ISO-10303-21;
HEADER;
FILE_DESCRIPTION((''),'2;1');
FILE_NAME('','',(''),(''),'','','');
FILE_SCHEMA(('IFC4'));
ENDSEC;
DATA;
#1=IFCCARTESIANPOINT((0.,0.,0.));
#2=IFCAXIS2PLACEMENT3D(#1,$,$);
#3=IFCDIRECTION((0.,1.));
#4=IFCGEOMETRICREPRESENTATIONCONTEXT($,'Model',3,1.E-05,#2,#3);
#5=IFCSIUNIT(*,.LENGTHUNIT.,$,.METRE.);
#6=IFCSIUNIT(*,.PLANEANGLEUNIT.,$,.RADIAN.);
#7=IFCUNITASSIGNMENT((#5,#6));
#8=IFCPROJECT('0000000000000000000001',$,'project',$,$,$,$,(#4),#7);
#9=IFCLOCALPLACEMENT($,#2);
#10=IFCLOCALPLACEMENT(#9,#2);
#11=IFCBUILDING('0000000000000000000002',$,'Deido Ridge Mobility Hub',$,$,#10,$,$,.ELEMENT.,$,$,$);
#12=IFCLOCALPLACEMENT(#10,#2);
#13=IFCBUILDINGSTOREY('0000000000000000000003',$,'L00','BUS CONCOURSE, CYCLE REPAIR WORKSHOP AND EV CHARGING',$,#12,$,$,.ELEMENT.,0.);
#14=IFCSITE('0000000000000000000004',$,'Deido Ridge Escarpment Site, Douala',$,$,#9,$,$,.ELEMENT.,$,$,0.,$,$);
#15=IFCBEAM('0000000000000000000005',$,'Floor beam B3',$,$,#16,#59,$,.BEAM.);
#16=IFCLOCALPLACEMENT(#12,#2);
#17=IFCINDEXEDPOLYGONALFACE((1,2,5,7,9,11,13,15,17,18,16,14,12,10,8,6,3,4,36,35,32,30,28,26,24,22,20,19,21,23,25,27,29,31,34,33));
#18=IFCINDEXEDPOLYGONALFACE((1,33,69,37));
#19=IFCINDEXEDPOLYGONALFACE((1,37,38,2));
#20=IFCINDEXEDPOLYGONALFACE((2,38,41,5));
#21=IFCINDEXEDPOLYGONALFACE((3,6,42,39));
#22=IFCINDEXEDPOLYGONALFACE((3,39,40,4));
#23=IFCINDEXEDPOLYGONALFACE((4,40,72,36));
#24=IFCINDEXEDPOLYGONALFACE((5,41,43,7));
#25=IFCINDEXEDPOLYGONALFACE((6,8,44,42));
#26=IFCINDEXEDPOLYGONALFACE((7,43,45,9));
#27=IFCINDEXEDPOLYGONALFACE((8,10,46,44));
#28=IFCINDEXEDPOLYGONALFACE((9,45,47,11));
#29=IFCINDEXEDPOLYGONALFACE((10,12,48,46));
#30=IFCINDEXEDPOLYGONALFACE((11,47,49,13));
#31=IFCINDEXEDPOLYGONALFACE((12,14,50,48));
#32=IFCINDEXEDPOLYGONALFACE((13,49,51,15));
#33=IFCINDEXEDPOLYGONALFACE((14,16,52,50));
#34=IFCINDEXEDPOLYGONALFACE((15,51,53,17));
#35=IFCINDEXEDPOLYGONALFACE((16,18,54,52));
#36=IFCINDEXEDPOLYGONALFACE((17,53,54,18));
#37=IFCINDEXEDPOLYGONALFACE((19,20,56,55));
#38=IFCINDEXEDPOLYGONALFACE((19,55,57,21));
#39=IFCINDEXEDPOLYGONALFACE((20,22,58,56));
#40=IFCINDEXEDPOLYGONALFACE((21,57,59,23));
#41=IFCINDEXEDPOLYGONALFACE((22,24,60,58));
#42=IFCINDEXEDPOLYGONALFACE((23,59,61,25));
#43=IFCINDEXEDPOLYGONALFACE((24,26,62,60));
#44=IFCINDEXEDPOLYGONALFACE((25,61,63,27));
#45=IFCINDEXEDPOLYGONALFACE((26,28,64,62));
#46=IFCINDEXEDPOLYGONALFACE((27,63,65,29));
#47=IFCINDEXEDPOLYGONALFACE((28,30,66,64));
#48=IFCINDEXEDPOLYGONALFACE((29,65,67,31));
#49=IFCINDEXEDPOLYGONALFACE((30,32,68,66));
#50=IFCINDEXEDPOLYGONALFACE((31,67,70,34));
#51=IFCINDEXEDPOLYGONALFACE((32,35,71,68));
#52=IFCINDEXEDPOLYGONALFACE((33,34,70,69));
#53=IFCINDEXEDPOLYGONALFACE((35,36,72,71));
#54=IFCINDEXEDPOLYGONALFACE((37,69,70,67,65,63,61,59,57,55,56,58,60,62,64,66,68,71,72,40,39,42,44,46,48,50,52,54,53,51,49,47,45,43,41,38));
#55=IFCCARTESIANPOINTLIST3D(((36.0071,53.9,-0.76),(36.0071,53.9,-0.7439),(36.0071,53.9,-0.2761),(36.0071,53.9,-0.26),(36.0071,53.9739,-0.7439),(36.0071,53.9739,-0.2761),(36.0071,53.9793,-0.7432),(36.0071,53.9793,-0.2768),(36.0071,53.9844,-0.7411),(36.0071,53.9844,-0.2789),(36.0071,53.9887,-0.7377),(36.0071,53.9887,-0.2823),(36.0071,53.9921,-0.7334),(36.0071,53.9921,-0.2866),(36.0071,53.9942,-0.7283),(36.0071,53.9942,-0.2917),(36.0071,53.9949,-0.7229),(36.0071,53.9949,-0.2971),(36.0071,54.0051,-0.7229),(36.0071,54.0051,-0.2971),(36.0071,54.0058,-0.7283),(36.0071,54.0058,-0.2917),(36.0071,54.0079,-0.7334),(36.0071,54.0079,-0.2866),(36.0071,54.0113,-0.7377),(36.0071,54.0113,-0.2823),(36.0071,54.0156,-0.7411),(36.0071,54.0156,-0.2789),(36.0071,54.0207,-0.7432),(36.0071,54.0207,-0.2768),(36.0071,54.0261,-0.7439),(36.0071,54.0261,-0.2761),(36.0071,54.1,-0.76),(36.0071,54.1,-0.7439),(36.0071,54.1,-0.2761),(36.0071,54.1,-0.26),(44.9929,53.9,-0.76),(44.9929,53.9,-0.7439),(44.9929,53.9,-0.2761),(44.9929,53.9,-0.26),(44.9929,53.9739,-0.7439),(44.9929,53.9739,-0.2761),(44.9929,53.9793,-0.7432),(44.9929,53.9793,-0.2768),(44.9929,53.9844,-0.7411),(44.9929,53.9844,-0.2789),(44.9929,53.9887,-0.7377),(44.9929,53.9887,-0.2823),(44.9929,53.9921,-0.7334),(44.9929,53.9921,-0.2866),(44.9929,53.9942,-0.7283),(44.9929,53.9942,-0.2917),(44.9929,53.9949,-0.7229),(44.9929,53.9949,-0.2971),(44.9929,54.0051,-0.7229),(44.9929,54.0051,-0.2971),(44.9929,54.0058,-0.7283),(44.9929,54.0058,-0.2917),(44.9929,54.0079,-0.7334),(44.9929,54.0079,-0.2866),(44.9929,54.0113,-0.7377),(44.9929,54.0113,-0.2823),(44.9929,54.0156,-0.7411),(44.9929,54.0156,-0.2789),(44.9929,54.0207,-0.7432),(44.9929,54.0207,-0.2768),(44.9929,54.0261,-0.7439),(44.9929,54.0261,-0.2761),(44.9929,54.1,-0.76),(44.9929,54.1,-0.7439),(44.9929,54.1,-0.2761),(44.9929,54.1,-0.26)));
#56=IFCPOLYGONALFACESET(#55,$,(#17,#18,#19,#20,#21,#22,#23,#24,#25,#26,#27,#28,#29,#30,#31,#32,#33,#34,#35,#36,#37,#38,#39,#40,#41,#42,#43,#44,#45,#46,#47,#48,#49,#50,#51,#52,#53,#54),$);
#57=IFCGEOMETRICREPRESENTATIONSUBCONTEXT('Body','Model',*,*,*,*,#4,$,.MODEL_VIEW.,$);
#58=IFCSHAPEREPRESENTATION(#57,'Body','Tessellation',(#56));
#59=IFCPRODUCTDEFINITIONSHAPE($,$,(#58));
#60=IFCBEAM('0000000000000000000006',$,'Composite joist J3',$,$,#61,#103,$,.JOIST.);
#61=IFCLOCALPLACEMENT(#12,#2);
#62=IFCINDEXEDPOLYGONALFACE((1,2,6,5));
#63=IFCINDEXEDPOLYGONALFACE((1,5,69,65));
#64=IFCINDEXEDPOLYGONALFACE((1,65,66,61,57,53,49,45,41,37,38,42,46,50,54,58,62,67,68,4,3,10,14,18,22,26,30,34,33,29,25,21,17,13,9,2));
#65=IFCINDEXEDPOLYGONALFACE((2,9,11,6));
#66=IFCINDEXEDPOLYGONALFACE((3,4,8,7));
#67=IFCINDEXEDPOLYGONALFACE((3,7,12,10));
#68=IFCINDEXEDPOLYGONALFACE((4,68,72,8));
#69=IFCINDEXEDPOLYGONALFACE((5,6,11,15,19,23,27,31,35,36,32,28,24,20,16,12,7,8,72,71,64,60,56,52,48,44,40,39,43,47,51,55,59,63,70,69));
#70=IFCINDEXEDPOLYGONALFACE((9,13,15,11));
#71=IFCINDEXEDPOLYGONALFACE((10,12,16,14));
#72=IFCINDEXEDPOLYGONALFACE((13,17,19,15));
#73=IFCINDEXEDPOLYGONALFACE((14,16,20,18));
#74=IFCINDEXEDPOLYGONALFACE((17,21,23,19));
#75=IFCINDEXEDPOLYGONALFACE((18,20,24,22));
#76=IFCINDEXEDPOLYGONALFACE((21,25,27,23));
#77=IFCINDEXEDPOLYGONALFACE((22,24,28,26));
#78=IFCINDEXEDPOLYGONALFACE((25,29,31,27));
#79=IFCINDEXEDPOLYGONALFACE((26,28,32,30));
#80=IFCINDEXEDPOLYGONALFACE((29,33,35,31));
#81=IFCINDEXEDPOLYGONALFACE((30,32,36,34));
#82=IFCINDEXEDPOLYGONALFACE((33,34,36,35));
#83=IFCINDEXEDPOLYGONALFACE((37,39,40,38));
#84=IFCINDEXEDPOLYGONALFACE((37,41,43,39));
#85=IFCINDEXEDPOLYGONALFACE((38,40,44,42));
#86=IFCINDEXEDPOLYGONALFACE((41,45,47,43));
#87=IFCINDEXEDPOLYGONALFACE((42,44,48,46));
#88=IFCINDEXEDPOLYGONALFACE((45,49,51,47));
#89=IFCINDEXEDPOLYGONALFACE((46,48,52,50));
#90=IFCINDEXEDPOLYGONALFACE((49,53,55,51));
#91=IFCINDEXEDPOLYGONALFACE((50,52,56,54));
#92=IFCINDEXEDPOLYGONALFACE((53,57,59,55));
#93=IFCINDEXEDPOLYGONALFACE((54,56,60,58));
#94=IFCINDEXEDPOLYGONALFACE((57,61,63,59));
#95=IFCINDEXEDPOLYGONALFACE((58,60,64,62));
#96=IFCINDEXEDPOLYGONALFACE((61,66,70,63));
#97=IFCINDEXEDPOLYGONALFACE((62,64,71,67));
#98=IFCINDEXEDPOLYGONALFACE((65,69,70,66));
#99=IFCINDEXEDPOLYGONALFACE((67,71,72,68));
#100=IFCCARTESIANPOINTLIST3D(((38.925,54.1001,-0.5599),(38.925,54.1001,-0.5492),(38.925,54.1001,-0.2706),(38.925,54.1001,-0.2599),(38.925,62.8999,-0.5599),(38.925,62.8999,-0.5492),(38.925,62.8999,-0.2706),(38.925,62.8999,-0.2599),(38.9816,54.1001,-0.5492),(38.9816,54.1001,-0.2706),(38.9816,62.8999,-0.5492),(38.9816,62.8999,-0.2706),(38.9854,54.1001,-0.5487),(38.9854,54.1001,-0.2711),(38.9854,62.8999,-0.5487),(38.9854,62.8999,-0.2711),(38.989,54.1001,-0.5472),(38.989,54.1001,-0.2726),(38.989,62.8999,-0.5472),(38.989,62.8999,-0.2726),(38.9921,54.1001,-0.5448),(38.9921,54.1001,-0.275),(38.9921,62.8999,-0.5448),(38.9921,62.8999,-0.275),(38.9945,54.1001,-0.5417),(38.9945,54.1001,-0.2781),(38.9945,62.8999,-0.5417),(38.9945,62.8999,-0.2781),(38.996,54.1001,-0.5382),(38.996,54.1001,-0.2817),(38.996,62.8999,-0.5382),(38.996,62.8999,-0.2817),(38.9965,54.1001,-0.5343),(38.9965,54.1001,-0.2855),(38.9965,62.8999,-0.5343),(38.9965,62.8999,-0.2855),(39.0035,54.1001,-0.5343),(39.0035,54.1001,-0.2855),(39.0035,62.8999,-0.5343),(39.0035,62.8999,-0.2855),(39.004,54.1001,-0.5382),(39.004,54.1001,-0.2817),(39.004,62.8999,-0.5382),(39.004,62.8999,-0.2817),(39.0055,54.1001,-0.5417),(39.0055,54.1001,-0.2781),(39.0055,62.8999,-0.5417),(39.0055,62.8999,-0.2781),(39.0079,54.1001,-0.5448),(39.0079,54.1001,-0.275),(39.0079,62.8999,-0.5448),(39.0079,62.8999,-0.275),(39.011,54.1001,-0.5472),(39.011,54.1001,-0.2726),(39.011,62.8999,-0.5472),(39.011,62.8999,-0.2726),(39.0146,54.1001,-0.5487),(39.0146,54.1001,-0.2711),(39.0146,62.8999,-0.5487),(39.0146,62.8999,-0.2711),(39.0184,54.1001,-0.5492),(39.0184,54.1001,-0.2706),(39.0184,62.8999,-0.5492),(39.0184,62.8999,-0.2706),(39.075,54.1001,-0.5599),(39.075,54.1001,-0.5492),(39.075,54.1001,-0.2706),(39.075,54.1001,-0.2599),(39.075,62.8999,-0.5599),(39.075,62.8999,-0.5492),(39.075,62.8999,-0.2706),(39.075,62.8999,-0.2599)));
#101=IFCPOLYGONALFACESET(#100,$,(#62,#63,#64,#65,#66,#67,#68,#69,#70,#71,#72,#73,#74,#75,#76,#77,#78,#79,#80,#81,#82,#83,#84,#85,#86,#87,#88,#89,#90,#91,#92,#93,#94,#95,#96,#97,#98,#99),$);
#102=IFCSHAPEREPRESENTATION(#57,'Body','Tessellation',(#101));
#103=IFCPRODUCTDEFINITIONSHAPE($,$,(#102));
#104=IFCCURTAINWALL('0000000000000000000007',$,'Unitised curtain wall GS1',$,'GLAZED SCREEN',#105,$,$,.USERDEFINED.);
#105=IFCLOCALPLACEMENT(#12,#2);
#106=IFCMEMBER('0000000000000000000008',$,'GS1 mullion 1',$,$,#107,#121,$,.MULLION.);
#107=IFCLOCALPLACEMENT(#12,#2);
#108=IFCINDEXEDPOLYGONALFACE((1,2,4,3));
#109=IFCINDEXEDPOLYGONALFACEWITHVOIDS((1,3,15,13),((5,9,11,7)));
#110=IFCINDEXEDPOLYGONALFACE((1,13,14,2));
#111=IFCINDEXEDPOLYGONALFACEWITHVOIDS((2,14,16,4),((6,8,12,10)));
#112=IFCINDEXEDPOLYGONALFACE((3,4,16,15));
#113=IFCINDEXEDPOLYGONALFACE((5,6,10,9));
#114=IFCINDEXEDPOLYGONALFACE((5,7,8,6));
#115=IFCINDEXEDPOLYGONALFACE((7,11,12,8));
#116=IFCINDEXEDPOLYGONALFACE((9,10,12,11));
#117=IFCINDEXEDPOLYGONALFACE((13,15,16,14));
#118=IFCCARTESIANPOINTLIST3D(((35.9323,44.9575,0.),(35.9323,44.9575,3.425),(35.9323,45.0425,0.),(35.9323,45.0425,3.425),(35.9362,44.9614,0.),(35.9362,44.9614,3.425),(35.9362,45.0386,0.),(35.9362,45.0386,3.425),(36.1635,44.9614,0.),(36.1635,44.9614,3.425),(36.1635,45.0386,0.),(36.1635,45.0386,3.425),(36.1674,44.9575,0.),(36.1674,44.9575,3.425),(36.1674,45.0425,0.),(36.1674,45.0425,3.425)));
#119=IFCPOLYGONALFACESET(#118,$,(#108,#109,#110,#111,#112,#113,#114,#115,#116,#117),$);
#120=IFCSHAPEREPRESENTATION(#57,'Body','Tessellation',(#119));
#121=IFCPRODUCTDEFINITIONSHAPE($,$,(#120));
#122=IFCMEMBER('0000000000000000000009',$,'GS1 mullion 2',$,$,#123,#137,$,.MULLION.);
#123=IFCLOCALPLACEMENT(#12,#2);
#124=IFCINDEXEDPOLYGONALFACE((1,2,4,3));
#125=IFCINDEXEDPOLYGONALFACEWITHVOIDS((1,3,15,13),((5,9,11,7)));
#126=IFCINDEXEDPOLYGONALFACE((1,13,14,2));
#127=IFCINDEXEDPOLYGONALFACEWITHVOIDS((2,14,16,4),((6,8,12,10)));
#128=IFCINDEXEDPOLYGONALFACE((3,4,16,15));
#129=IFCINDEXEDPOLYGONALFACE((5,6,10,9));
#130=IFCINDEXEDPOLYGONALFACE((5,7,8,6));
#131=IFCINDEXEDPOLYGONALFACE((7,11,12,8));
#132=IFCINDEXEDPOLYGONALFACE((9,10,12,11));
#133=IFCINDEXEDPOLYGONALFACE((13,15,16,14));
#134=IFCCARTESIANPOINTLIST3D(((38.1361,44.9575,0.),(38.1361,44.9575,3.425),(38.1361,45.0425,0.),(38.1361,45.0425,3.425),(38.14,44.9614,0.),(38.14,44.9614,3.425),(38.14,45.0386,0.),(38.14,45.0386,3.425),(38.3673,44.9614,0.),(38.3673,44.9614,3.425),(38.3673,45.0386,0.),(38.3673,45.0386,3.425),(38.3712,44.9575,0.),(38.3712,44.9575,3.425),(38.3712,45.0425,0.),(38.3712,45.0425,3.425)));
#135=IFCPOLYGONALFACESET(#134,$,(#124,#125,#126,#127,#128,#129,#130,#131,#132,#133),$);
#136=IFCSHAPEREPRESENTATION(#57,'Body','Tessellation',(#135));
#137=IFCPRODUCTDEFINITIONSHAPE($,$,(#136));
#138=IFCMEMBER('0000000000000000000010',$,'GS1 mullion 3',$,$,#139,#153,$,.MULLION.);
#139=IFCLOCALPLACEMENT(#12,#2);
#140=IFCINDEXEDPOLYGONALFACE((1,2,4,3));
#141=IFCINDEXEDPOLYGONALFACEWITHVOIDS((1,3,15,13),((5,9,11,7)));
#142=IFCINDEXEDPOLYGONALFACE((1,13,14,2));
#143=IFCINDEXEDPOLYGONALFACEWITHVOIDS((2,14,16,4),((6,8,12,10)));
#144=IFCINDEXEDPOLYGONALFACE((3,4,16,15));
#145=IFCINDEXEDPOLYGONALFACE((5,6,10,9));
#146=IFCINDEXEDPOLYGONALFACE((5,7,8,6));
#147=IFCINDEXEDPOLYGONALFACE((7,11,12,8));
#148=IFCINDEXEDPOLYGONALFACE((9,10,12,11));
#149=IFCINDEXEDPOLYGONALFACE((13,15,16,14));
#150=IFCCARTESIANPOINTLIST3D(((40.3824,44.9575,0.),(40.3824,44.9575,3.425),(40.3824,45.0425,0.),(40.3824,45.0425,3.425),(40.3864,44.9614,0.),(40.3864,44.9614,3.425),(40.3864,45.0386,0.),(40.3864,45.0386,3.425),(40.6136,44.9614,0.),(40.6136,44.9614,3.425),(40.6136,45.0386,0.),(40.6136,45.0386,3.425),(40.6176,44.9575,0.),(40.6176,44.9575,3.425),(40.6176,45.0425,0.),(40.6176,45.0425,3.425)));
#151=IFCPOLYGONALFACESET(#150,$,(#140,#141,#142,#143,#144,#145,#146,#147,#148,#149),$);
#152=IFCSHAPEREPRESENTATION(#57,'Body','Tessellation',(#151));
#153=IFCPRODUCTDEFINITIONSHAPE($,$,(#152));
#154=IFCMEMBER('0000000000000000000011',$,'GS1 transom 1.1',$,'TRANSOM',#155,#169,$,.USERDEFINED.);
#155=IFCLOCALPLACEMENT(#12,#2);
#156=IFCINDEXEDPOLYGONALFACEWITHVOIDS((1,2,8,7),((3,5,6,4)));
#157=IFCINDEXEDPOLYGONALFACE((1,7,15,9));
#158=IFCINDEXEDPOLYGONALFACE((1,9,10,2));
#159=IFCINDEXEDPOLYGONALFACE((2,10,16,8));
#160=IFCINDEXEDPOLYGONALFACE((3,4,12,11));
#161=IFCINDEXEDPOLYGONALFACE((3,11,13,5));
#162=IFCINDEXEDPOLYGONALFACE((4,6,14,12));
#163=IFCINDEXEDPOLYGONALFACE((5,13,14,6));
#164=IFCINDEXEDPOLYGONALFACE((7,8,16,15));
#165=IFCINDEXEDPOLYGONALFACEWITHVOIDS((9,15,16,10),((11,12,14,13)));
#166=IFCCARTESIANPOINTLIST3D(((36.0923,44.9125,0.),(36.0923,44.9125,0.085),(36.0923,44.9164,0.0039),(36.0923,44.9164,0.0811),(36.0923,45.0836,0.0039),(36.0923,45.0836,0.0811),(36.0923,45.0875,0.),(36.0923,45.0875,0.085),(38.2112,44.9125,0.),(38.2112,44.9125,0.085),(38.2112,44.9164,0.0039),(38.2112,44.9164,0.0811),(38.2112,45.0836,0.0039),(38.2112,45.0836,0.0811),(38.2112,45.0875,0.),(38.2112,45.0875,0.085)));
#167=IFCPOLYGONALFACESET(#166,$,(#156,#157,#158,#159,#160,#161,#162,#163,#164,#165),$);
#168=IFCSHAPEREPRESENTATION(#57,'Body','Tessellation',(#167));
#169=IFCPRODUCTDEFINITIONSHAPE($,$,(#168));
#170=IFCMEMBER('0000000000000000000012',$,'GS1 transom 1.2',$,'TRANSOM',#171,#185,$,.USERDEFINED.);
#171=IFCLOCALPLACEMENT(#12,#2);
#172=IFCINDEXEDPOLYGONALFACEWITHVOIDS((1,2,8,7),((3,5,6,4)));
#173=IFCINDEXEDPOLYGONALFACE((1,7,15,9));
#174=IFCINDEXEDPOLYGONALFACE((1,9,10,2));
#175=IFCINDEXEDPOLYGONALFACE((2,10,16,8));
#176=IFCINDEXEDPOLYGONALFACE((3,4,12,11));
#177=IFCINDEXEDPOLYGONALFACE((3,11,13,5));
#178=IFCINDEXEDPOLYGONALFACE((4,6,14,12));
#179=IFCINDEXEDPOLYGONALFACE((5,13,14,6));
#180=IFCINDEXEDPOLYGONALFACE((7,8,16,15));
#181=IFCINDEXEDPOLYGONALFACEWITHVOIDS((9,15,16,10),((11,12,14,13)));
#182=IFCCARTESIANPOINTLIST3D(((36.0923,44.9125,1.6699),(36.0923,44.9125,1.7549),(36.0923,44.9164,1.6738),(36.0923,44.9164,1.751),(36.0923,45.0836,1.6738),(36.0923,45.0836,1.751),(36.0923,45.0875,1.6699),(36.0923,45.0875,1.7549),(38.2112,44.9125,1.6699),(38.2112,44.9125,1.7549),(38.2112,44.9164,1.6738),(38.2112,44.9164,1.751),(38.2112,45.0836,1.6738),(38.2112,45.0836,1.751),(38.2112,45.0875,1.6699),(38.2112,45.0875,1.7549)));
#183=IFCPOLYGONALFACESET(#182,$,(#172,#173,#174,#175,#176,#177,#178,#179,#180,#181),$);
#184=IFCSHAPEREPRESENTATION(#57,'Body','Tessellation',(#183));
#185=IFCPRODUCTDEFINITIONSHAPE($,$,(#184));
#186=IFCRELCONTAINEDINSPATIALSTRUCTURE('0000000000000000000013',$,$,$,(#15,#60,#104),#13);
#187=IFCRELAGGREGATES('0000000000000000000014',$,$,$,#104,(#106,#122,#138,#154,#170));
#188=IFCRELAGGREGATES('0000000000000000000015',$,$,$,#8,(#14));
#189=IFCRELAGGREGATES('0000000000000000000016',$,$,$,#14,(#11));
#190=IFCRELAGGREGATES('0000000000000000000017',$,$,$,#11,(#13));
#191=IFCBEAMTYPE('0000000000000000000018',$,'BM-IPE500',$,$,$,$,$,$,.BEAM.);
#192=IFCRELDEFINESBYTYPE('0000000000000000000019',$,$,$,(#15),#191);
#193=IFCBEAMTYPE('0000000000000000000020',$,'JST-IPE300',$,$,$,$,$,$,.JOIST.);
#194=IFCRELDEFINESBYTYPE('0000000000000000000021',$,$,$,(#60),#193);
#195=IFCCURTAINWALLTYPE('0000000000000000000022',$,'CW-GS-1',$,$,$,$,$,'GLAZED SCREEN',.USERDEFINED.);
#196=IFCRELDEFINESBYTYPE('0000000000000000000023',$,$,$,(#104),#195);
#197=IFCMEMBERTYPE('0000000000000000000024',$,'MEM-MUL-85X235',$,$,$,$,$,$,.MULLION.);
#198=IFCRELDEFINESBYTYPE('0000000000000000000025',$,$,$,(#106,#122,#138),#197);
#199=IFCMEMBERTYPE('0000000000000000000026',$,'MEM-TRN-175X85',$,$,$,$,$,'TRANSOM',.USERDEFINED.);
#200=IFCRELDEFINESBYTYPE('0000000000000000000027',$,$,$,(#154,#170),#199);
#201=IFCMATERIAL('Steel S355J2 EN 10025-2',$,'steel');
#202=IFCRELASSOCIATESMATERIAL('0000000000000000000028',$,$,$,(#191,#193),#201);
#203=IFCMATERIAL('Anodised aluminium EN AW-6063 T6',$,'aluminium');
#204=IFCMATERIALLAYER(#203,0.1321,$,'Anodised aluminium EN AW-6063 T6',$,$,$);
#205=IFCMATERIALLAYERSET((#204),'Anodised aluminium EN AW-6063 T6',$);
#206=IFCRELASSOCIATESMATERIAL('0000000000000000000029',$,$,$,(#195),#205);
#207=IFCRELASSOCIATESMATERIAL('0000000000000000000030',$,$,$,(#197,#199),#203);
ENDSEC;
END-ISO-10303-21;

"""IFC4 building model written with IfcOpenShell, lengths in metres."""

from ifc_helpers import new_model, si_unit, direction, frame, origin, origin_2d, place, context, subcontext, project, spatial, hollow_rectangle, i_section, extrude, material, layer, layer_set, material_profile, profile_set, type_object, element, aggregate, save


model = new_model("IFC4")

# Units and contexts
model_context = context("Model", 3, precision=1e-05, world=origin(), true_north=direction((0.0, 1.0)))
body_context = subcontext(model_context, "Body", "Model", "MODEL_VIEW")
ifc_project = project(units=[si_unit("LENGTHUNIT", "METRE"), si_unit("PLANEANGLEUNIT", "RADIAN")], contexts=[model_context])

# Site, building, storey
site_placement = place(None, origin())
site = spatial("IfcSite", under=ifc_project, at=site_placement, Name="Deido Ridge Escarpment Site, Douala", CompositionType="ELEMENT", RefElevation=0.0)
building_placement = place(site_placement, origin())
building = spatial("IfcBuilding", under=site, at=building_placement, Name="Deido Ridge Mobility Hub", CompositionType="ELEMENT")
storey_placement = place(building_placement, origin())
storey = spatial("IfcBuildingStorey", under=building, at=storey_placement, Name="L00", Description="BUS CONCOURSE, CYCLE REPAIR WORKSHOP AND EV CHARGING", CompositionType="ELEMENT", Elevation=0.0)

# Beams
ifc_material_1 = material(Name="Steel S355J2 EN 10025-2", Category="steel")
ifc_material_profile_1 = material_profile(ifc_material_1, i_section(OverallWidth=0.2, OverallDepth=0.5, WebThickness=0.0103, FlangeThickness=0.0161, FilletRadius=0.021, at=origin_2d()), Name="IPE 500")
ifc_profile_set_1 = profile_set([ifc_material_profile_1], Name="Steel S355J2 EN 10025-2")
beam_type_1 = type_object("IfcBeamType", Name="BM-IPE500", PredefinedType="BEAM", material=ifc_profile_set_1)
beam_1_placement = place(storey_placement, frame((36.0071, 54.0, -0.51), z_axis=(1.0, 0.0, 0.0), x_axis=(0.0, 1.0, 0.0)))
element("IfcBeam", 1, at=beam_1_placement, inside=storey, type_object=beam_type_1, Name="Floor beam B3", PredefinedType="BEAM", context=body_context, shape_type="SweptSolid", body=[
    extrude(i_section(OverallWidth=0.2, OverallDepth=0.5, WebThickness=0.0103, FlangeThickness=0.0161, FilletRadius=0.021, at=origin_2d()), origin(), (0.0, 0.0, 1.0), 8.9858),
])
ifc_material_profile_2 = material_profile(ifc_material_1, i_section(OverallWidth=0.1499, OverallDepth=0.3, WebThickness=0.0071, FlangeThickness=0.0107, FilletRadius=0.0149, at=origin_2d()), Name="IPE 300")
ifc_profile_set_2 = profile_set([ifc_material_profile_2], Name="Steel S355J2 EN 10025-2")
beam_type_2 = type_object("IfcBeamType", Name="JST-IPE300", PredefinedType="JOIST", material=ifc_profile_set_2)
beam_2_placement = place(storey_placement, frame((39.0, 54.1001, -0.4099), z_axis=(0.0, 1.0, 0.0), x_axis=(-1.0, 0.0, 0.0)))
element("IfcBeam", 2, at=beam_2_placement, inside=storey, type_object=beam_type_2, Name="Composite joist J3", PredefinedType="JOIST", context=body_context, shape_type="SweptSolid", body=[
    extrude(i_section(OverallWidth=0.1499, OverallDepth=0.3, WebThickness=0.0071, FlangeThickness=0.0107, FilletRadius=0.0149, at=origin_2d()), origin(), (0.0, 0.0, 1.0), 8.7998),
])

# Curtain wall, members
ifc_material_2 = material(Name="Anodised aluminium EN AW-6063 T6", Category="aluminium")
ifc_layer_1 = layer(ifc_material_2, 0.1321, Name="Anodised aluminium EN AW-6063 T6")
ifc_layer_set_1 = layer_set([ifc_layer_1], Name="Anodised aluminium EN AW-6063 T6")
curtain_wall_type = type_object("IfcCurtainWallType", Name="CW-GS-1", ElementType="GLAZED SCREEN", PredefinedType="USERDEFINED", material=ifc_layer_set_1)
curtain_wall_placement = place(storey_placement, origin())
curtain_wall = element("IfcCurtainWall", 3, at=curtain_wall_placement, inside=storey, type_object=curtain_wall_type, Name="Unitised curtain wall GS1", ObjectType="GLAZED SCREEN", PredefinedType="USERDEFINED")
ifc_material_profile_3 = material_profile(ifc_material_2, hollow_rectangle(XDim=0.085, YDim=0.2351, WallThickness=0.0039, at=origin_2d()), Name="RHS 85x235x4")
ifc_profile_set_3 = profile_set([ifc_material_profile_3], Name="Anodised aluminium EN AW-6063 T6")
member_type_1 = type_object("IfcMemberType", Name="MEM-MUL-85X235", PredefinedType="MULLION", material=ifc_profile_set_3)
member_1_placement = place(storey_placement, frame((36.0498, 45.0, 0.0), z_axis=(0.0, 0.0, 1.0), x_axis=(0.0, 1.0, 0.0)))
member_1 = element("IfcMember", 4, at=member_1_placement, type_object=member_type_1, Name="GS1 mullion 1", PredefinedType="MULLION", context=body_context, shape_type="SweptSolid", body=[
    extrude(hollow_rectangle(XDim=0.085, YDim=0.2351, WallThickness=0.0039, at=origin_2d()), origin(), (0.0, 0.0, 1.0), 3.425),
])
member_2_placement = place(storey_placement, frame((38.2537, 45.0, 0.0), z_axis=(0.0, 0.0, 1.0), x_axis=(0.0, 1.0, 0.0)))
member_2 = element("IfcMember", 5, at=member_2_placement, type_object=member_type_1, Name="GS1 mullion 2", PredefinedType="MULLION", context=body_context, shape_type="SweptSolid", body=[
    extrude(hollow_rectangle(XDim=0.085, YDim=0.2351, WallThickness=0.0039, at=origin_2d()), origin(), (0.0, 0.0, 1.0), 3.425),
])
member_3_placement = place(storey_placement, frame((40.5, 45.0, 0.0), z_axis=(0.0, 0.0, 1.0), x_axis=(0.0, 1.0, 0.0)))
member_3 = element("IfcMember", 6, at=member_3_placement, type_object=member_type_1, Name="GS1 mullion 3", PredefinedType="MULLION", context=body_context, shape_type="SweptSolid", body=[
    extrude(hollow_rectangle(XDim=0.085, YDim=0.2351, WallThickness=0.0039, at=origin_2d()), origin(), (0.0, 0.0, 1.0), 3.425),
])
ifc_material_profile_4 = material_profile(ifc_material_2, hollow_rectangle(XDim=0.175, YDim=0.085, WallThickness=0.0039, at=origin_2d()), Name="RHS 175x85x4")
ifc_profile_set_4 = profile_set([ifc_material_profile_4], Name="Anodised aluminium EN AW-6063 T6")
member_type_2 = type_object("IfcMemberType", Name="MEM-TRN-175X85", ElementType="TRANSOM", PredefinedType="USERDEFINED", material=ifc_profile_set_4)
member_4_placement = place(storey_placement, frame((36.0923, 45.0, 0.0425), z_axis=(1.0, 0.0, 0.0), x_axis=(0.0, 1.0, 0.0)))
member_4 = element("IfcMember", 7, at=member_4_placement, type_object=member_type_2, Name="GS1 transom 1.1", ObjectType="TRANSOM", PredefinedType="USERDEFINED", context=body_context, shape_type="SweptSolid", body=[
    extrude(hollow_rectangle(XDim=0.175, YDim=0.085, WallThickness=0.0039, at=origin_2d()), origin(), (0.0, 0.0, 1.0), 2.1189),
])
member_5_placement = place(storey_placement, frame((36.0923, 45.0, 1.7124), z_axis=(1.0, 0.0, 0.0), x_axis=(0.0, 1.0, 0.0)))
member_5 = element("IfcMember", 8, at=member_5_placement, type_object=member_type_2, Name="GS1 transom 1.2", ObjectType="TRANSOM", PredefinedType="USERDEFINED", context=body_context, shape_type="SweptSolid", body=[
    extrude(hollow_rectangle(XDim=0.175, YDim=0.085, WallThickness=0.0039, at=origin_2d()), origin(), (0.0, 0.0, 1.0), 2.1189),
])
aggregate(curtain_wall, [member_1, member_2, member_3, member_4, member_5])

save(model, "model.ifc")
